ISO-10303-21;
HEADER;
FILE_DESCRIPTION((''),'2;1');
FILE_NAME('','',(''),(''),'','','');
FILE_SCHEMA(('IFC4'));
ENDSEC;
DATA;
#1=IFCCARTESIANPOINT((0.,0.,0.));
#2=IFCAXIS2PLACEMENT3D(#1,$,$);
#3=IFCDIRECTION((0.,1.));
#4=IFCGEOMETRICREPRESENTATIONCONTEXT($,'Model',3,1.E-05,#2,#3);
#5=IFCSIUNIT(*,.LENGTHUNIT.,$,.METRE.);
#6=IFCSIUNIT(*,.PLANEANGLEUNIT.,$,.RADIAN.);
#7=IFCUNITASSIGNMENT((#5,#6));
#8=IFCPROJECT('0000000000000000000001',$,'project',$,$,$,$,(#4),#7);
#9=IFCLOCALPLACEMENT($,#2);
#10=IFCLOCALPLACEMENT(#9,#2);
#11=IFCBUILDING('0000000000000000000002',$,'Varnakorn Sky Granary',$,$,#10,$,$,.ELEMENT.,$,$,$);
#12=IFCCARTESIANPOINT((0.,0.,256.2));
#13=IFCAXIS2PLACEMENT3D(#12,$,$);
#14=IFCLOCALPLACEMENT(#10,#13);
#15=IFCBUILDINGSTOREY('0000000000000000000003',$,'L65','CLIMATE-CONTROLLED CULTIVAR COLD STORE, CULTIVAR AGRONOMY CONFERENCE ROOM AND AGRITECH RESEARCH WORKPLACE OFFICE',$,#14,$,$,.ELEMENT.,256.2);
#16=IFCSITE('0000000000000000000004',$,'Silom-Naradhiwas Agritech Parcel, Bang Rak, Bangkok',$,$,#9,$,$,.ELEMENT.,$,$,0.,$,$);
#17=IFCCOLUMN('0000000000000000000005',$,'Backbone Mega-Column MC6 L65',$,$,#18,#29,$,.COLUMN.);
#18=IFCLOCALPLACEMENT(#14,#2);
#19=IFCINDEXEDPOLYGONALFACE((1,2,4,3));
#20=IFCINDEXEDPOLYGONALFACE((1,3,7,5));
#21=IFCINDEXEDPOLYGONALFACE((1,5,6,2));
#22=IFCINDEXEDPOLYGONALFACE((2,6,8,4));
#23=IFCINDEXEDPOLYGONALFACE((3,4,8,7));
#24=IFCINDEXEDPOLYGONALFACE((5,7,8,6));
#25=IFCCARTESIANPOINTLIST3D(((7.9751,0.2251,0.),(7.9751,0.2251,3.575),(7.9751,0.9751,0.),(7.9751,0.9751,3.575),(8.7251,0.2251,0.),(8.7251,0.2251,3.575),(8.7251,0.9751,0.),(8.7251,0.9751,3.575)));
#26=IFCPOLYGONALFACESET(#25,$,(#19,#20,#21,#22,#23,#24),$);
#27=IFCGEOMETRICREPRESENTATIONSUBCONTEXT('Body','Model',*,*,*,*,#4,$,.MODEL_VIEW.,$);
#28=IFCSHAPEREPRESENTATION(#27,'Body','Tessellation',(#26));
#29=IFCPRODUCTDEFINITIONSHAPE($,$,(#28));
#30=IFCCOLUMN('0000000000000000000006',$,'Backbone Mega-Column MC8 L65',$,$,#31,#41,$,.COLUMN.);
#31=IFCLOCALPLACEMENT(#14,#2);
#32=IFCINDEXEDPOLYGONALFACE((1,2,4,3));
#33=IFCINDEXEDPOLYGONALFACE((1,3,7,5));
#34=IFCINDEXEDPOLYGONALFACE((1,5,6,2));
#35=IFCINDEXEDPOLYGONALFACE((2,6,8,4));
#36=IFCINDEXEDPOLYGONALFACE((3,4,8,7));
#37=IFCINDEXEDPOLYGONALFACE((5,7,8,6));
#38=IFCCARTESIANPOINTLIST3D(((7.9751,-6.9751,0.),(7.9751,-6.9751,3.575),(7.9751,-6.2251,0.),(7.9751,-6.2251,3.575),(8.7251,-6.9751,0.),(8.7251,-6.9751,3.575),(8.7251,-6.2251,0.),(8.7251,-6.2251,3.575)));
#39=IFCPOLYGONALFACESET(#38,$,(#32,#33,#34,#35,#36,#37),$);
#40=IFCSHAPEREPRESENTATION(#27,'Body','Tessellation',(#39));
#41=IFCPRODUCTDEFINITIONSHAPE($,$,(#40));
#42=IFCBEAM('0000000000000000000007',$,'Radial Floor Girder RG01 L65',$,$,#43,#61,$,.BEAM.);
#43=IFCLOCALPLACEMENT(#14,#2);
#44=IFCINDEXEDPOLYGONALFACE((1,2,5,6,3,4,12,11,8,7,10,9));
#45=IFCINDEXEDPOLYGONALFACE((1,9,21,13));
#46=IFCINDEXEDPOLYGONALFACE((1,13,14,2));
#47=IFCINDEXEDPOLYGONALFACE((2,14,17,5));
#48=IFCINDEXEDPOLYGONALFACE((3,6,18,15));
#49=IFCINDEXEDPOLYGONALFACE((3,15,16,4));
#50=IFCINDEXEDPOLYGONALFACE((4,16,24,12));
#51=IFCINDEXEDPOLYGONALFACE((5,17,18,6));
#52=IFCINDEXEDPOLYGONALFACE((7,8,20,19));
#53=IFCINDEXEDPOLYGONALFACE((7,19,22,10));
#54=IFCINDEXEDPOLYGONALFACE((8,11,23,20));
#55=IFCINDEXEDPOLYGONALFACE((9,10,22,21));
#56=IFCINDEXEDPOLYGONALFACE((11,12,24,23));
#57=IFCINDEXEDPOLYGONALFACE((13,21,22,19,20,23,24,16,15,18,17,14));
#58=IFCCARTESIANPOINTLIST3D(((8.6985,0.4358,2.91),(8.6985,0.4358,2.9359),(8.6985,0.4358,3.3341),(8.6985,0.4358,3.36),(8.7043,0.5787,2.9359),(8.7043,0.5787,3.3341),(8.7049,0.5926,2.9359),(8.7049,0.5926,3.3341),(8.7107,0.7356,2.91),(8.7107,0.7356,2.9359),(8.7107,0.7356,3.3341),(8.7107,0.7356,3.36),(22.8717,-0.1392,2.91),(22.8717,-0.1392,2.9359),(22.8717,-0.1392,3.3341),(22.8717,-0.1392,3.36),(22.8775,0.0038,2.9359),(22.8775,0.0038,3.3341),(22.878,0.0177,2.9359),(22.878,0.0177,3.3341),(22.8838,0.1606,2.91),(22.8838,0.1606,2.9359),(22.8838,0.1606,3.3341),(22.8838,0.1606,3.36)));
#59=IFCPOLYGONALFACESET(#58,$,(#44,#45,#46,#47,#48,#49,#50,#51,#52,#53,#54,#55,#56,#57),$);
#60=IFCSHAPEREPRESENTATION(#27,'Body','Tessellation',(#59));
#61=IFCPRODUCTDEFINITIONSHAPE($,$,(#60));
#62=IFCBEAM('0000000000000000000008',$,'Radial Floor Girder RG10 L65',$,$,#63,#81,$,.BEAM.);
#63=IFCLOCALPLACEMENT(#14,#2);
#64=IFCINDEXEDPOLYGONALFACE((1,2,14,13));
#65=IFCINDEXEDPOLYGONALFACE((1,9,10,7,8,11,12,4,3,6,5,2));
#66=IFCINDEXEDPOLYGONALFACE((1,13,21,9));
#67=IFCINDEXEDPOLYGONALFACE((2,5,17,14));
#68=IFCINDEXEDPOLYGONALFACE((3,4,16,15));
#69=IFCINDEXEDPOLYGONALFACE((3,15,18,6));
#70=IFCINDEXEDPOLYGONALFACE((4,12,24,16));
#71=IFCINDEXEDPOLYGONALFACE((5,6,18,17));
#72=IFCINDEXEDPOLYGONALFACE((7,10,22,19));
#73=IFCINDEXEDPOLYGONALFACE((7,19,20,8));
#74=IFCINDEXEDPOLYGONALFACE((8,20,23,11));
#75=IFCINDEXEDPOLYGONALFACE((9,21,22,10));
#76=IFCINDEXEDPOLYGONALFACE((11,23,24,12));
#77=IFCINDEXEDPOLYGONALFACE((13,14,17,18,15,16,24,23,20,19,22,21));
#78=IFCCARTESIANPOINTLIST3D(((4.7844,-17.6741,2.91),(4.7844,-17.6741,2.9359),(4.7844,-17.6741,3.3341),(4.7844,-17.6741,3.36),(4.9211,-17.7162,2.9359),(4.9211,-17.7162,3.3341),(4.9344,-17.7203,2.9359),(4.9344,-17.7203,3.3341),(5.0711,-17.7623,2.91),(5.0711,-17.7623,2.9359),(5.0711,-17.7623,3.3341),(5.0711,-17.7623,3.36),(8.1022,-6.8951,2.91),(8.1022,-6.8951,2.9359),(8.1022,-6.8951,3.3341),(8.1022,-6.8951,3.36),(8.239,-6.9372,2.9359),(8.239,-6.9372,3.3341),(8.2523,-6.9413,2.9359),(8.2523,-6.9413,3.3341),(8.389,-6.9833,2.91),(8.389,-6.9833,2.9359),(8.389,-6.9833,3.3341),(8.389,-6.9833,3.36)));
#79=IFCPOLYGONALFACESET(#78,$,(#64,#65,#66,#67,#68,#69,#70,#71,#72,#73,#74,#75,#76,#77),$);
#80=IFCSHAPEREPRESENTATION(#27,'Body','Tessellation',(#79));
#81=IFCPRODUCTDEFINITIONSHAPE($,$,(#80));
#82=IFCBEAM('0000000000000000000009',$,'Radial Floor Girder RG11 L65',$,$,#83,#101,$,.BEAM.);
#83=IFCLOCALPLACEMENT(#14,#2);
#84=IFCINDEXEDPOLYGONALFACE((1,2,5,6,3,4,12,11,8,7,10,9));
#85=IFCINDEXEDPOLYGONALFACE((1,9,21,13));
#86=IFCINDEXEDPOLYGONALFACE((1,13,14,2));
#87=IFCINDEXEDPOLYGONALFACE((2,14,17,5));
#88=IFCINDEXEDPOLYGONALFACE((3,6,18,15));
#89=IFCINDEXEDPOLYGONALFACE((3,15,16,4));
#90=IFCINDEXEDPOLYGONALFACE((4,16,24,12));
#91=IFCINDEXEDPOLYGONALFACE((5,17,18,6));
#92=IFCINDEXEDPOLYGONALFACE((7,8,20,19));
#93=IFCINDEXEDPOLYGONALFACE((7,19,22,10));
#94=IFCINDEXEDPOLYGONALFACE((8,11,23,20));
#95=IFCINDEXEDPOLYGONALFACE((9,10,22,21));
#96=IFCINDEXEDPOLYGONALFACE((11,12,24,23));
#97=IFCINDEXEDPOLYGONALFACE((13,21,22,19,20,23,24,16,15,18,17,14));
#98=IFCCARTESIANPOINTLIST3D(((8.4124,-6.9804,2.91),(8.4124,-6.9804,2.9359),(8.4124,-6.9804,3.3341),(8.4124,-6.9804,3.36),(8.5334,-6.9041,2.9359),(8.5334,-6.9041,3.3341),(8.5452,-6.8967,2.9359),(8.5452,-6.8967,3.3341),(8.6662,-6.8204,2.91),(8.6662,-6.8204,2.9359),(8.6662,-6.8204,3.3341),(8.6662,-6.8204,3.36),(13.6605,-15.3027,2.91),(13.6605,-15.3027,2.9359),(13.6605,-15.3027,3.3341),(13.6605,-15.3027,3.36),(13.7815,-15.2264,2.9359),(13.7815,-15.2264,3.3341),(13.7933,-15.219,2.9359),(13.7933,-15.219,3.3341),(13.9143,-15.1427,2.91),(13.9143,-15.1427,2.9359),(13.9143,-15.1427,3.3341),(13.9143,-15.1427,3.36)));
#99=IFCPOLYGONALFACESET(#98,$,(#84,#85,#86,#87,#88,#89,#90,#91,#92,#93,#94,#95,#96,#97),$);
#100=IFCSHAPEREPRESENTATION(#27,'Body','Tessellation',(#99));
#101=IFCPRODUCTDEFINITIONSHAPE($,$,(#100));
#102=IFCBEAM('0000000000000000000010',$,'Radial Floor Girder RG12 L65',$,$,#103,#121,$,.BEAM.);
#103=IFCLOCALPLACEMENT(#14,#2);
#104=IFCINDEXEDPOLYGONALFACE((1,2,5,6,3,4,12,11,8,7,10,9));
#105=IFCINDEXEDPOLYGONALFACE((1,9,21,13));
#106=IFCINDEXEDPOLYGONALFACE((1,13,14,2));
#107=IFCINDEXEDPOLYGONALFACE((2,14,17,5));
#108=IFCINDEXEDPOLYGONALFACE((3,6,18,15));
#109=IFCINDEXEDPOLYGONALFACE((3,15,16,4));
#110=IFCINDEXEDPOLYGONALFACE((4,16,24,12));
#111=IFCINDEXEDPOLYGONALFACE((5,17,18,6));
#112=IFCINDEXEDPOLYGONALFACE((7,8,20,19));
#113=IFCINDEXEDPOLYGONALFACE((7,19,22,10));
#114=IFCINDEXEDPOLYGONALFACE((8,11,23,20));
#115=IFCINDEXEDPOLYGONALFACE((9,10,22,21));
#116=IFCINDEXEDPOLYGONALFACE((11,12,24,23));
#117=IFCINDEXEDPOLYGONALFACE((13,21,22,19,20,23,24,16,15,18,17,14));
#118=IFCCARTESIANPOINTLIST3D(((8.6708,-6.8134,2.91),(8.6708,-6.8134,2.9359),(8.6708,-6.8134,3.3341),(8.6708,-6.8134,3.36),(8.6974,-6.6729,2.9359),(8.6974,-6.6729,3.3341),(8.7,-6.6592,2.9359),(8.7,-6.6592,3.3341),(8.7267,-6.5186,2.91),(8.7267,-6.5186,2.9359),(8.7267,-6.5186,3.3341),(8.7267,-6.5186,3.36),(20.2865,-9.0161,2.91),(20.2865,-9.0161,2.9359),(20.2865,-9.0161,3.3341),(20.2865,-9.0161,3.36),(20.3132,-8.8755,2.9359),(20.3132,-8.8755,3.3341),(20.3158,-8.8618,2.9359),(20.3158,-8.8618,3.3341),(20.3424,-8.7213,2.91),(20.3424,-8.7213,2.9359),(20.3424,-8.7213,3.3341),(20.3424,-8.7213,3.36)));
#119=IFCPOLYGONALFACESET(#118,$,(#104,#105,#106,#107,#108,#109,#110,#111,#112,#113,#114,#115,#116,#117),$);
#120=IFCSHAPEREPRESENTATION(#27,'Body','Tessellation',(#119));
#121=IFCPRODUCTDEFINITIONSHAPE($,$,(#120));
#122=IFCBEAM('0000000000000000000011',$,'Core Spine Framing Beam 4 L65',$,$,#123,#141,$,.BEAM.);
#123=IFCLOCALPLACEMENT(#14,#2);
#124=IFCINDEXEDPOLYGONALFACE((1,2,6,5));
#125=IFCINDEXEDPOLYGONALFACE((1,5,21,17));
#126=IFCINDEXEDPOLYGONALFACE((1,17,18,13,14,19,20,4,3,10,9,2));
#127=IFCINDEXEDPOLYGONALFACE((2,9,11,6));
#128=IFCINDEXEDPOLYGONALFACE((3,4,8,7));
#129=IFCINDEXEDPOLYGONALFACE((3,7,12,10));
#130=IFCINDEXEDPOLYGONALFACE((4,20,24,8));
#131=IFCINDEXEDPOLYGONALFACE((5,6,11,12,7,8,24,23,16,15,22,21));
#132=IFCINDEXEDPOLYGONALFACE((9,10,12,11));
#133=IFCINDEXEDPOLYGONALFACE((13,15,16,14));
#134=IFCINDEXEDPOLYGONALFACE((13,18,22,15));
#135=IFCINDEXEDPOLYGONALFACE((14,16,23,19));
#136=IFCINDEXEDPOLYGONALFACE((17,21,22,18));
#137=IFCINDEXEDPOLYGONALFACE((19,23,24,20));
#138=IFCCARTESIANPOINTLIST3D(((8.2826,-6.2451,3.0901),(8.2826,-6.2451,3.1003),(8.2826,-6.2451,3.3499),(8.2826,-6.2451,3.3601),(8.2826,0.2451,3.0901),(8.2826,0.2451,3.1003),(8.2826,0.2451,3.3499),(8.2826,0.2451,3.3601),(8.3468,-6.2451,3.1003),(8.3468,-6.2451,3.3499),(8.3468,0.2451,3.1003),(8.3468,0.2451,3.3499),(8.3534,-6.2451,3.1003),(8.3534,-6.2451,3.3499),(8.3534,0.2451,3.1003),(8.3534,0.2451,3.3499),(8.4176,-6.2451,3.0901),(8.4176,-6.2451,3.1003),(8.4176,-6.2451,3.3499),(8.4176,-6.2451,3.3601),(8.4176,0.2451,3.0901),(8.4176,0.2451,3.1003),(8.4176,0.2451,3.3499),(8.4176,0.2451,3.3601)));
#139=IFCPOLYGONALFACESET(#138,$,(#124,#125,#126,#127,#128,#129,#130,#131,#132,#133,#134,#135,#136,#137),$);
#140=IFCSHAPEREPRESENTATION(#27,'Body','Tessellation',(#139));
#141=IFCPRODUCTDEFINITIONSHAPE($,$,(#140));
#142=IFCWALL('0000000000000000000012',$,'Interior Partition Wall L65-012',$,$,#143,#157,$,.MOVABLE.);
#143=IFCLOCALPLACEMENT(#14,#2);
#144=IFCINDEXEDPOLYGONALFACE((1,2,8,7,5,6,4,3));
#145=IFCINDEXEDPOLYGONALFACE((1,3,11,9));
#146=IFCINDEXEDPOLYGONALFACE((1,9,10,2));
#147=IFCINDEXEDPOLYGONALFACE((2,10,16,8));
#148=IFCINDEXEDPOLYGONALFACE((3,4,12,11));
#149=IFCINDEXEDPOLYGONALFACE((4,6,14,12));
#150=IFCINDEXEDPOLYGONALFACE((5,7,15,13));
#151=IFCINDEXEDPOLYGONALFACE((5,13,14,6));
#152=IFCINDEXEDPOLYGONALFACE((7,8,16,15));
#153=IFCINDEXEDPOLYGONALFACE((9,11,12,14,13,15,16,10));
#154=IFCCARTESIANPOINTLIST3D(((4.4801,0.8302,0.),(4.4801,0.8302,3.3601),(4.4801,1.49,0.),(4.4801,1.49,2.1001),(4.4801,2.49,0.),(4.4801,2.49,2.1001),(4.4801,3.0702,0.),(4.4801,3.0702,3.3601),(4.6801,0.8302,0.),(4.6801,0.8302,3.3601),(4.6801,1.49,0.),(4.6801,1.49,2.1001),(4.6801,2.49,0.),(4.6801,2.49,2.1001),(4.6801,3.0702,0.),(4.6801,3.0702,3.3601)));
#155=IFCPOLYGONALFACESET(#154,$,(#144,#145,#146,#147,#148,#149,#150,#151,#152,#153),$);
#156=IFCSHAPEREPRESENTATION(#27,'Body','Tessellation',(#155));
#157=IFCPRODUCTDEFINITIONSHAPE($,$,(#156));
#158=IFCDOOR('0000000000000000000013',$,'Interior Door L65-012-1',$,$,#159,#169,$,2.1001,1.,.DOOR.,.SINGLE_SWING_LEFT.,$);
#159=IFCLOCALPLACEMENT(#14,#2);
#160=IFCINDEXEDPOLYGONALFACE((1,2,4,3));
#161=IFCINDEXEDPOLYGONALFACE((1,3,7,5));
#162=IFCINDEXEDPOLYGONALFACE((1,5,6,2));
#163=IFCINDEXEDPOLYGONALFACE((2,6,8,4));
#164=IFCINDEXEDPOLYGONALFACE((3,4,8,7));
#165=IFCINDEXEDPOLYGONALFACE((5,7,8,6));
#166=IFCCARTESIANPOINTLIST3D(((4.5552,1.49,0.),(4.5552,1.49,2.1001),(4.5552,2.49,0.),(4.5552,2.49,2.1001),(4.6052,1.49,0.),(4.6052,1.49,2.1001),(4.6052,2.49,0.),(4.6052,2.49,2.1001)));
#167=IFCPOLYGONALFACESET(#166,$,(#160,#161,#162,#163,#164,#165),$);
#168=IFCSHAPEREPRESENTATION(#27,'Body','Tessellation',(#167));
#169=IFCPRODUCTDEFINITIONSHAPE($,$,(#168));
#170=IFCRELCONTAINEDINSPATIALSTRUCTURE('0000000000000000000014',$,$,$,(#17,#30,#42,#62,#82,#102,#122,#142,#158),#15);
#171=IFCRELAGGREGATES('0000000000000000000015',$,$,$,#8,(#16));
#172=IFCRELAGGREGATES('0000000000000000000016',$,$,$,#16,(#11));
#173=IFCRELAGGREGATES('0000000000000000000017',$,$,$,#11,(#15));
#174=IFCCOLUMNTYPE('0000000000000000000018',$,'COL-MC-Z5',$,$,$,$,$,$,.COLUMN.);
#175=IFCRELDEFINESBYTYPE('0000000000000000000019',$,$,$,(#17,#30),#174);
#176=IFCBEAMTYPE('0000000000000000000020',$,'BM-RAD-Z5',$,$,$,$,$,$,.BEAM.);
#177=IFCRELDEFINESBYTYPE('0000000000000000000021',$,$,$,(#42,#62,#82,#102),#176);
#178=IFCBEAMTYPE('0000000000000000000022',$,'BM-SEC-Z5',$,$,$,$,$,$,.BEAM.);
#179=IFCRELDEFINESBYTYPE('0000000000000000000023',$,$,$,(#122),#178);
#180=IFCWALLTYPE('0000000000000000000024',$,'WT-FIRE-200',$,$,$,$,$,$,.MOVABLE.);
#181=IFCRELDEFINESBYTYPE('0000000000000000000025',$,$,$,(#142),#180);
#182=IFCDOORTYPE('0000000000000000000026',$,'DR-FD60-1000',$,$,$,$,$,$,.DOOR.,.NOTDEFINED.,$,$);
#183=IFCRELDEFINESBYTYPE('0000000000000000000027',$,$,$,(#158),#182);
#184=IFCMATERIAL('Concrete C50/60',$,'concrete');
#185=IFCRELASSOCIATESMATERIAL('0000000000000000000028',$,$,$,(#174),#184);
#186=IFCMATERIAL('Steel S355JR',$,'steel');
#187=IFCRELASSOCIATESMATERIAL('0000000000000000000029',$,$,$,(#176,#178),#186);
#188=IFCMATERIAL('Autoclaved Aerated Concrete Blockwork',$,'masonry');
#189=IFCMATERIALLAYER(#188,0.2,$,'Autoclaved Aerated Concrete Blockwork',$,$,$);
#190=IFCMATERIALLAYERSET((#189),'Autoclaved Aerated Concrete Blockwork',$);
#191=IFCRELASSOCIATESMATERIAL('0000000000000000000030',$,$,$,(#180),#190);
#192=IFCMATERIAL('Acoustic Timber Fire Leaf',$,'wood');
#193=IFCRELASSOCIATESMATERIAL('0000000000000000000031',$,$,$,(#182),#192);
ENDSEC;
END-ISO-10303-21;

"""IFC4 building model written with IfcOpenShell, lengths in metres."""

from ifc_helpers import new_model, si_unit, direction, frame, frame_2d, origin, origin_2d, place, context, subcontext, project, spatial, rectangle, i_section, extrude, material, layer, layer_set, material_profile, profile_set, type_object, element, fill, save


model = new_model("IFC4")

# Units and contexts
model_context = context("Model", 3, precision=1e-05, world=origin(), true_north=direction((0.0, 1.0)))
body_context = subcontext(model_context, "Body", "Model", "MODEL_VIEW")
ifc_project = project(units=[si_unit("LENGTHUNIT", "METRE"), si_unit("PLANEANGLEUNIT", "RADIAN")], contexts=[model_context])

# Site, building, storey
site_placement = place(None, origin())
site = spatial("IfcSite", under=ifc_project, at=site_placement, Name="Silom-Naradhiwas Agritech Parcel, Bang Rak, Bangkok", CompositionType="ELEMENT", RefElevation=0.0)
building_placement = place(site_placement, origin())
building = spatial("IfcBuilding", under=site, at=building_placement, Name="Varnakorn Sky Granary", CompositionType="ELEMENT")
storey_placement = place(building_placement, frame((0.0, 0.0, 256.2)))
storey = spatial("IfcBuildingStorey", under=building, at=storey_placement, Name="L65", Description="CLIMATE-CONTROLLED CULTIVAR COLD STORE, CULTIVAR AGRONOMY CONFERENCE ROOM AND AGRITECH RESEARCH WORKPLACE OFFICE", CompositionType="ELEMENT", Elevation=256.2)

# Columns
ifc_material_1 = material(Name="Concrete C50/60", Category="concrete")
ifc_material_profile_1 = material_profile(ifc_material_1, rectangle(XDim=0.75, YDim=0.75, at=origin_2d()), Name="RC 750x750")
ifc_profile_set_1 = profile_set([ifc_material_profile_1], Name="Concrete C50/60")
column_type = type_object("IfcColumnType", Name="COL-MC-Z5", PredefinedType="COLUMN", material=ifc_profile_set_1)
for number, where, z_axis, x_axis, name in (
    (1, (8.3501, 0.6001, 0.0), (0.0, 0.0, 1.0), (1.0, 0.0, 0.0), "Backbone Mega-Column MC6 L65"),
    (2, (8.3501, -6.6001, 0.0), (0.0, 0.0, 1.0), (1.0, 0.0, 0.0), "Backbone Mega-Column MC8 L65"),
):
    element("IfcColumn", number, at=place(storey_placement, frame(where, z_axis=z_axis, x_axis=x_axis)), inside=storey, type_object=column_type, Name=name, PredefinedType="COLUMN", context=body_context, shape_type="SweptSolid", body=[
        extrude(rectangle(XDim=0.75, YDim=0.75, at=origin_2d()), origin(), (0.0, 0.0, 1.0), 3.575),
    ])

# Beams
ifc_material_2 = material(Name="Steel S355JR", Category="steel")
ifc_material_profile_2 = material_profile(ifc_material_2, i_section(OverallWidth=0.3, OverallDepth=0.45, WebThickness=0.0139, FlangeThickness=0.0259, at=origin_2d()), Name="HE 450 B")
ifc_profile_set_2 = profile_set([ifc_material_profile_2], Name="Steel S355JR")
beam_type_1 = type_object("IfcBeamType", Name="BM-RAD-Z5", PredefinedType="BEAM", material=ifc_profile_set_2)
beam_1_placement = place(storey_placement, frame((8.7046, 0.5857, 3.135), z_axis=(0.999178, -0.040533, 0.0), x_axis=(0.040533, 0.999178, 0.0)))
element("IfcBeam", 3, at=beam_1_placement, inside=storey, type_object=beam_type_1, Name="Radial Floor Girder RG01 L65", PredefinedType="BEAM", context=body_context, shape_type="SweptSolid", body=[
    extrude(i_section(OverallWidth=0.3, OverallDepth=0.45, WebThickness=0.0139, FlangeThickness=0.0259, at=origin_2d()), origin(), (0.0, 0.0, 1.0), 14.1848),
])
beam_2_placement = place(storey_placement, frame((8.2456, -6.9392, 3.135), z_axis=(-0.294186, -0.955748, 0.0), x_axis=(0.955748, -0.294186, 0.0)))
element("IfcBeam", 4, at=beam_2_placement, inside=storey, type_object=beam_type_1, Name="Radial Floor Girder RG10 L65", PredefinedType="BEAM", context=body_context, shape_type="SweptSolid", body=[
    extrude(i_section(OverallWidth=0.3, OverallDepth=0.45, WebThickness=0.0139, FlangeThickness=0.0259, at=origin_2d()), origin(), (0.0, 0.0, 1.0), 11.2781),
])
beam_3_placement = place(storey_placement, frame((8.5393, -6.9004, 3.135), z_axis=(0.533403, -0.845861, 0.0), x_axis=(0.845861, 0.533403, 0.0)))
element("IfcBeam", 5, at=beam_3_placement, inside=storey, type_object=beam_type_1, Name="Radial Floor Girder RG11 L65", PredefinedType="BEAM", context=body_context, shape_type="SweptSolid", body=[
    extrude(i_section(OverallWidth=0.3, OverallDepth=0.45, WebThickness=0.0139, FlangeThickness=0.0259, at=origin_2d()), origin(), (0.0, 0.0, 1.0), 9.8389),
])
beam_4_placement = place(storey_placement, frame((8.6987, -6.666, 3.135), z_axis=(0.982492, -0.186305, 0.0), x_axis=(0.186305, 0.982492, 0.0)))
element("IfcBeam", 6, at=beam_4_placement, inside=storey, type_object=beam_type_1, Name="Radial Floor Girder RG12 L65", PredefinedType="BEAM", context=body_context, shape_type="SweptSolid", body=[
    extrude(i_section(OverallWidth=0.3, OverallDepth=0.45, WebThickness=0.0139, FlangeThickness=0.0259, at=origin_2d()), origin(), (0.0, 0.0, 1.0), 11.8228),
])
ifc_material_profile_3 = material_profile(ifc_material_2, i_section(OverallWidth=0.135, OverallDepth=0.27, WebThickness=0.0066, FlangeThickness=0.0103, at=origin_2d()), Name="IPE 270")
ifc_profile_set_3 = profile_set([ifc_material_profile_3], Name="Steel S355JR")
beam_type_2 = type_object("IfcBeamType", Name="BM-SEC-Z5", PredefinedType="BEAM", material=ifc_profile_set_3)
beam_5_placement = place(storey_placement, frame((8.3501, 0.2451, 3.2251), z_axis=(0.0, -1.0, 0.0), x_axis=(1.0, 0.0, 0.0)))
element("IfcBeam", 7, at=beam_5_placement, inside=storey, type_object=beam_type_2, Name="Core Spine Framing Beam 4 L65", PredefinedType="BEAM", context=body_context, shape_type="SweptSolid", body=[
    extrude(i_section(OverallWidth=0.135, OverallDepth=0.27, WebThickness=0.0066, FlangeThickness=0.0103, at=origin_2d()), origin(), (0.0, 0.0, 1.0), 6.4902),
])

# Wall, opening, door
ifc_material_3 = material(Name="Autoclaved Aerated Concrete Blockwork", Category="masonry")
ifc_layer_1 = layer(ifc_material_3, 0.2, Name="Autoclaved Aerated Concrete Blockwork")
ifc_layer_set_1 = layer_set([ifc_layer_1], Name="Autoclaved Aerated Concrete Blockwork")
wall_type_1 = type_object("IfcWallType", Name="WT-FIRE-200", PredefinedType="MOVABLE", material=ifc_layer_set_1)
wall_1_placement = place(storey_placement, frame((4.5801, 0.8301, 0.0), z_axis=(0.0, 0.0, 1.0), x_axis=(0.0, 1.0, 0.0)))
wall_1 = element("IfcWall", 8, at=wall_1_placement, inside=storey, type_object=wall_type_1, Name="Interior Partition Wall L65-012", PredefinedType="MOVABLE", context=body_context, shape_type="SweptSolid", body=[
    extrude(rectangle(XDim=2.24, YDim=0.2, at=frame_2d((1.1201, 0.0))), origin(), (0.0, 0.0, 1.0), 3.3601),
])
opening_1_placement = place(wall_1_placement, frame((0.6599, 0.0, 0.0)))
opening_1 = element("IfcOpeningElement", 9, at=opening_1_placement, cuts=wall_1, PredefinedType="OPENING", context=body_context, shape_type="SweptSolid", body=[
    extrude(rectangle(XDim=1.0, YDim=2.1001, at=frame_2d((0.5, 1.05))), frame((0.0, 0.1099, 0.0), z_axis=(0.0, -1.0, 0.0), x_axis=(1.0, 0.0, 0.0)), (0.0, 0.0, 1.0), 0.22),
])
ifc_material_4 = material(Name="Acoustic Timber Fire Leaf", Category="wood")
door_type_1 = type_object("IfcDoorType", Name="DR-FD60-1000", OperationType="NOTDEFINED", PredefinedType="DOOR", material=ifc_material_4)
door_1_placement = place(opening_1_placement, origin())
door_1 = element("IfcDoor", 10, at=door_1_placement, inside=storey, type_object=door_type_1, Name="Interior Door L65-012-1", OperationType="SINGLE_SWING_LEFT", OverallHeight=2.1001, OverallWidth=1.0, PredefinedType="DOOR", context=body_context, shape_type="SweptSolid", body=[
    extrude(rectangle(XDim=1.0, YDim=2.1001, at=frame_2d((0.5, 1.05))), frame((0.0, 0.0249, 0.0), z_axis=(0.0, -1.0, 0.0), x_axis=(1.0, 0.0, 0.0)), (0.0, 0.0, 1.0), 0.05),
])
fill(opening_1, door_1)

save(model, "model.ifc")
